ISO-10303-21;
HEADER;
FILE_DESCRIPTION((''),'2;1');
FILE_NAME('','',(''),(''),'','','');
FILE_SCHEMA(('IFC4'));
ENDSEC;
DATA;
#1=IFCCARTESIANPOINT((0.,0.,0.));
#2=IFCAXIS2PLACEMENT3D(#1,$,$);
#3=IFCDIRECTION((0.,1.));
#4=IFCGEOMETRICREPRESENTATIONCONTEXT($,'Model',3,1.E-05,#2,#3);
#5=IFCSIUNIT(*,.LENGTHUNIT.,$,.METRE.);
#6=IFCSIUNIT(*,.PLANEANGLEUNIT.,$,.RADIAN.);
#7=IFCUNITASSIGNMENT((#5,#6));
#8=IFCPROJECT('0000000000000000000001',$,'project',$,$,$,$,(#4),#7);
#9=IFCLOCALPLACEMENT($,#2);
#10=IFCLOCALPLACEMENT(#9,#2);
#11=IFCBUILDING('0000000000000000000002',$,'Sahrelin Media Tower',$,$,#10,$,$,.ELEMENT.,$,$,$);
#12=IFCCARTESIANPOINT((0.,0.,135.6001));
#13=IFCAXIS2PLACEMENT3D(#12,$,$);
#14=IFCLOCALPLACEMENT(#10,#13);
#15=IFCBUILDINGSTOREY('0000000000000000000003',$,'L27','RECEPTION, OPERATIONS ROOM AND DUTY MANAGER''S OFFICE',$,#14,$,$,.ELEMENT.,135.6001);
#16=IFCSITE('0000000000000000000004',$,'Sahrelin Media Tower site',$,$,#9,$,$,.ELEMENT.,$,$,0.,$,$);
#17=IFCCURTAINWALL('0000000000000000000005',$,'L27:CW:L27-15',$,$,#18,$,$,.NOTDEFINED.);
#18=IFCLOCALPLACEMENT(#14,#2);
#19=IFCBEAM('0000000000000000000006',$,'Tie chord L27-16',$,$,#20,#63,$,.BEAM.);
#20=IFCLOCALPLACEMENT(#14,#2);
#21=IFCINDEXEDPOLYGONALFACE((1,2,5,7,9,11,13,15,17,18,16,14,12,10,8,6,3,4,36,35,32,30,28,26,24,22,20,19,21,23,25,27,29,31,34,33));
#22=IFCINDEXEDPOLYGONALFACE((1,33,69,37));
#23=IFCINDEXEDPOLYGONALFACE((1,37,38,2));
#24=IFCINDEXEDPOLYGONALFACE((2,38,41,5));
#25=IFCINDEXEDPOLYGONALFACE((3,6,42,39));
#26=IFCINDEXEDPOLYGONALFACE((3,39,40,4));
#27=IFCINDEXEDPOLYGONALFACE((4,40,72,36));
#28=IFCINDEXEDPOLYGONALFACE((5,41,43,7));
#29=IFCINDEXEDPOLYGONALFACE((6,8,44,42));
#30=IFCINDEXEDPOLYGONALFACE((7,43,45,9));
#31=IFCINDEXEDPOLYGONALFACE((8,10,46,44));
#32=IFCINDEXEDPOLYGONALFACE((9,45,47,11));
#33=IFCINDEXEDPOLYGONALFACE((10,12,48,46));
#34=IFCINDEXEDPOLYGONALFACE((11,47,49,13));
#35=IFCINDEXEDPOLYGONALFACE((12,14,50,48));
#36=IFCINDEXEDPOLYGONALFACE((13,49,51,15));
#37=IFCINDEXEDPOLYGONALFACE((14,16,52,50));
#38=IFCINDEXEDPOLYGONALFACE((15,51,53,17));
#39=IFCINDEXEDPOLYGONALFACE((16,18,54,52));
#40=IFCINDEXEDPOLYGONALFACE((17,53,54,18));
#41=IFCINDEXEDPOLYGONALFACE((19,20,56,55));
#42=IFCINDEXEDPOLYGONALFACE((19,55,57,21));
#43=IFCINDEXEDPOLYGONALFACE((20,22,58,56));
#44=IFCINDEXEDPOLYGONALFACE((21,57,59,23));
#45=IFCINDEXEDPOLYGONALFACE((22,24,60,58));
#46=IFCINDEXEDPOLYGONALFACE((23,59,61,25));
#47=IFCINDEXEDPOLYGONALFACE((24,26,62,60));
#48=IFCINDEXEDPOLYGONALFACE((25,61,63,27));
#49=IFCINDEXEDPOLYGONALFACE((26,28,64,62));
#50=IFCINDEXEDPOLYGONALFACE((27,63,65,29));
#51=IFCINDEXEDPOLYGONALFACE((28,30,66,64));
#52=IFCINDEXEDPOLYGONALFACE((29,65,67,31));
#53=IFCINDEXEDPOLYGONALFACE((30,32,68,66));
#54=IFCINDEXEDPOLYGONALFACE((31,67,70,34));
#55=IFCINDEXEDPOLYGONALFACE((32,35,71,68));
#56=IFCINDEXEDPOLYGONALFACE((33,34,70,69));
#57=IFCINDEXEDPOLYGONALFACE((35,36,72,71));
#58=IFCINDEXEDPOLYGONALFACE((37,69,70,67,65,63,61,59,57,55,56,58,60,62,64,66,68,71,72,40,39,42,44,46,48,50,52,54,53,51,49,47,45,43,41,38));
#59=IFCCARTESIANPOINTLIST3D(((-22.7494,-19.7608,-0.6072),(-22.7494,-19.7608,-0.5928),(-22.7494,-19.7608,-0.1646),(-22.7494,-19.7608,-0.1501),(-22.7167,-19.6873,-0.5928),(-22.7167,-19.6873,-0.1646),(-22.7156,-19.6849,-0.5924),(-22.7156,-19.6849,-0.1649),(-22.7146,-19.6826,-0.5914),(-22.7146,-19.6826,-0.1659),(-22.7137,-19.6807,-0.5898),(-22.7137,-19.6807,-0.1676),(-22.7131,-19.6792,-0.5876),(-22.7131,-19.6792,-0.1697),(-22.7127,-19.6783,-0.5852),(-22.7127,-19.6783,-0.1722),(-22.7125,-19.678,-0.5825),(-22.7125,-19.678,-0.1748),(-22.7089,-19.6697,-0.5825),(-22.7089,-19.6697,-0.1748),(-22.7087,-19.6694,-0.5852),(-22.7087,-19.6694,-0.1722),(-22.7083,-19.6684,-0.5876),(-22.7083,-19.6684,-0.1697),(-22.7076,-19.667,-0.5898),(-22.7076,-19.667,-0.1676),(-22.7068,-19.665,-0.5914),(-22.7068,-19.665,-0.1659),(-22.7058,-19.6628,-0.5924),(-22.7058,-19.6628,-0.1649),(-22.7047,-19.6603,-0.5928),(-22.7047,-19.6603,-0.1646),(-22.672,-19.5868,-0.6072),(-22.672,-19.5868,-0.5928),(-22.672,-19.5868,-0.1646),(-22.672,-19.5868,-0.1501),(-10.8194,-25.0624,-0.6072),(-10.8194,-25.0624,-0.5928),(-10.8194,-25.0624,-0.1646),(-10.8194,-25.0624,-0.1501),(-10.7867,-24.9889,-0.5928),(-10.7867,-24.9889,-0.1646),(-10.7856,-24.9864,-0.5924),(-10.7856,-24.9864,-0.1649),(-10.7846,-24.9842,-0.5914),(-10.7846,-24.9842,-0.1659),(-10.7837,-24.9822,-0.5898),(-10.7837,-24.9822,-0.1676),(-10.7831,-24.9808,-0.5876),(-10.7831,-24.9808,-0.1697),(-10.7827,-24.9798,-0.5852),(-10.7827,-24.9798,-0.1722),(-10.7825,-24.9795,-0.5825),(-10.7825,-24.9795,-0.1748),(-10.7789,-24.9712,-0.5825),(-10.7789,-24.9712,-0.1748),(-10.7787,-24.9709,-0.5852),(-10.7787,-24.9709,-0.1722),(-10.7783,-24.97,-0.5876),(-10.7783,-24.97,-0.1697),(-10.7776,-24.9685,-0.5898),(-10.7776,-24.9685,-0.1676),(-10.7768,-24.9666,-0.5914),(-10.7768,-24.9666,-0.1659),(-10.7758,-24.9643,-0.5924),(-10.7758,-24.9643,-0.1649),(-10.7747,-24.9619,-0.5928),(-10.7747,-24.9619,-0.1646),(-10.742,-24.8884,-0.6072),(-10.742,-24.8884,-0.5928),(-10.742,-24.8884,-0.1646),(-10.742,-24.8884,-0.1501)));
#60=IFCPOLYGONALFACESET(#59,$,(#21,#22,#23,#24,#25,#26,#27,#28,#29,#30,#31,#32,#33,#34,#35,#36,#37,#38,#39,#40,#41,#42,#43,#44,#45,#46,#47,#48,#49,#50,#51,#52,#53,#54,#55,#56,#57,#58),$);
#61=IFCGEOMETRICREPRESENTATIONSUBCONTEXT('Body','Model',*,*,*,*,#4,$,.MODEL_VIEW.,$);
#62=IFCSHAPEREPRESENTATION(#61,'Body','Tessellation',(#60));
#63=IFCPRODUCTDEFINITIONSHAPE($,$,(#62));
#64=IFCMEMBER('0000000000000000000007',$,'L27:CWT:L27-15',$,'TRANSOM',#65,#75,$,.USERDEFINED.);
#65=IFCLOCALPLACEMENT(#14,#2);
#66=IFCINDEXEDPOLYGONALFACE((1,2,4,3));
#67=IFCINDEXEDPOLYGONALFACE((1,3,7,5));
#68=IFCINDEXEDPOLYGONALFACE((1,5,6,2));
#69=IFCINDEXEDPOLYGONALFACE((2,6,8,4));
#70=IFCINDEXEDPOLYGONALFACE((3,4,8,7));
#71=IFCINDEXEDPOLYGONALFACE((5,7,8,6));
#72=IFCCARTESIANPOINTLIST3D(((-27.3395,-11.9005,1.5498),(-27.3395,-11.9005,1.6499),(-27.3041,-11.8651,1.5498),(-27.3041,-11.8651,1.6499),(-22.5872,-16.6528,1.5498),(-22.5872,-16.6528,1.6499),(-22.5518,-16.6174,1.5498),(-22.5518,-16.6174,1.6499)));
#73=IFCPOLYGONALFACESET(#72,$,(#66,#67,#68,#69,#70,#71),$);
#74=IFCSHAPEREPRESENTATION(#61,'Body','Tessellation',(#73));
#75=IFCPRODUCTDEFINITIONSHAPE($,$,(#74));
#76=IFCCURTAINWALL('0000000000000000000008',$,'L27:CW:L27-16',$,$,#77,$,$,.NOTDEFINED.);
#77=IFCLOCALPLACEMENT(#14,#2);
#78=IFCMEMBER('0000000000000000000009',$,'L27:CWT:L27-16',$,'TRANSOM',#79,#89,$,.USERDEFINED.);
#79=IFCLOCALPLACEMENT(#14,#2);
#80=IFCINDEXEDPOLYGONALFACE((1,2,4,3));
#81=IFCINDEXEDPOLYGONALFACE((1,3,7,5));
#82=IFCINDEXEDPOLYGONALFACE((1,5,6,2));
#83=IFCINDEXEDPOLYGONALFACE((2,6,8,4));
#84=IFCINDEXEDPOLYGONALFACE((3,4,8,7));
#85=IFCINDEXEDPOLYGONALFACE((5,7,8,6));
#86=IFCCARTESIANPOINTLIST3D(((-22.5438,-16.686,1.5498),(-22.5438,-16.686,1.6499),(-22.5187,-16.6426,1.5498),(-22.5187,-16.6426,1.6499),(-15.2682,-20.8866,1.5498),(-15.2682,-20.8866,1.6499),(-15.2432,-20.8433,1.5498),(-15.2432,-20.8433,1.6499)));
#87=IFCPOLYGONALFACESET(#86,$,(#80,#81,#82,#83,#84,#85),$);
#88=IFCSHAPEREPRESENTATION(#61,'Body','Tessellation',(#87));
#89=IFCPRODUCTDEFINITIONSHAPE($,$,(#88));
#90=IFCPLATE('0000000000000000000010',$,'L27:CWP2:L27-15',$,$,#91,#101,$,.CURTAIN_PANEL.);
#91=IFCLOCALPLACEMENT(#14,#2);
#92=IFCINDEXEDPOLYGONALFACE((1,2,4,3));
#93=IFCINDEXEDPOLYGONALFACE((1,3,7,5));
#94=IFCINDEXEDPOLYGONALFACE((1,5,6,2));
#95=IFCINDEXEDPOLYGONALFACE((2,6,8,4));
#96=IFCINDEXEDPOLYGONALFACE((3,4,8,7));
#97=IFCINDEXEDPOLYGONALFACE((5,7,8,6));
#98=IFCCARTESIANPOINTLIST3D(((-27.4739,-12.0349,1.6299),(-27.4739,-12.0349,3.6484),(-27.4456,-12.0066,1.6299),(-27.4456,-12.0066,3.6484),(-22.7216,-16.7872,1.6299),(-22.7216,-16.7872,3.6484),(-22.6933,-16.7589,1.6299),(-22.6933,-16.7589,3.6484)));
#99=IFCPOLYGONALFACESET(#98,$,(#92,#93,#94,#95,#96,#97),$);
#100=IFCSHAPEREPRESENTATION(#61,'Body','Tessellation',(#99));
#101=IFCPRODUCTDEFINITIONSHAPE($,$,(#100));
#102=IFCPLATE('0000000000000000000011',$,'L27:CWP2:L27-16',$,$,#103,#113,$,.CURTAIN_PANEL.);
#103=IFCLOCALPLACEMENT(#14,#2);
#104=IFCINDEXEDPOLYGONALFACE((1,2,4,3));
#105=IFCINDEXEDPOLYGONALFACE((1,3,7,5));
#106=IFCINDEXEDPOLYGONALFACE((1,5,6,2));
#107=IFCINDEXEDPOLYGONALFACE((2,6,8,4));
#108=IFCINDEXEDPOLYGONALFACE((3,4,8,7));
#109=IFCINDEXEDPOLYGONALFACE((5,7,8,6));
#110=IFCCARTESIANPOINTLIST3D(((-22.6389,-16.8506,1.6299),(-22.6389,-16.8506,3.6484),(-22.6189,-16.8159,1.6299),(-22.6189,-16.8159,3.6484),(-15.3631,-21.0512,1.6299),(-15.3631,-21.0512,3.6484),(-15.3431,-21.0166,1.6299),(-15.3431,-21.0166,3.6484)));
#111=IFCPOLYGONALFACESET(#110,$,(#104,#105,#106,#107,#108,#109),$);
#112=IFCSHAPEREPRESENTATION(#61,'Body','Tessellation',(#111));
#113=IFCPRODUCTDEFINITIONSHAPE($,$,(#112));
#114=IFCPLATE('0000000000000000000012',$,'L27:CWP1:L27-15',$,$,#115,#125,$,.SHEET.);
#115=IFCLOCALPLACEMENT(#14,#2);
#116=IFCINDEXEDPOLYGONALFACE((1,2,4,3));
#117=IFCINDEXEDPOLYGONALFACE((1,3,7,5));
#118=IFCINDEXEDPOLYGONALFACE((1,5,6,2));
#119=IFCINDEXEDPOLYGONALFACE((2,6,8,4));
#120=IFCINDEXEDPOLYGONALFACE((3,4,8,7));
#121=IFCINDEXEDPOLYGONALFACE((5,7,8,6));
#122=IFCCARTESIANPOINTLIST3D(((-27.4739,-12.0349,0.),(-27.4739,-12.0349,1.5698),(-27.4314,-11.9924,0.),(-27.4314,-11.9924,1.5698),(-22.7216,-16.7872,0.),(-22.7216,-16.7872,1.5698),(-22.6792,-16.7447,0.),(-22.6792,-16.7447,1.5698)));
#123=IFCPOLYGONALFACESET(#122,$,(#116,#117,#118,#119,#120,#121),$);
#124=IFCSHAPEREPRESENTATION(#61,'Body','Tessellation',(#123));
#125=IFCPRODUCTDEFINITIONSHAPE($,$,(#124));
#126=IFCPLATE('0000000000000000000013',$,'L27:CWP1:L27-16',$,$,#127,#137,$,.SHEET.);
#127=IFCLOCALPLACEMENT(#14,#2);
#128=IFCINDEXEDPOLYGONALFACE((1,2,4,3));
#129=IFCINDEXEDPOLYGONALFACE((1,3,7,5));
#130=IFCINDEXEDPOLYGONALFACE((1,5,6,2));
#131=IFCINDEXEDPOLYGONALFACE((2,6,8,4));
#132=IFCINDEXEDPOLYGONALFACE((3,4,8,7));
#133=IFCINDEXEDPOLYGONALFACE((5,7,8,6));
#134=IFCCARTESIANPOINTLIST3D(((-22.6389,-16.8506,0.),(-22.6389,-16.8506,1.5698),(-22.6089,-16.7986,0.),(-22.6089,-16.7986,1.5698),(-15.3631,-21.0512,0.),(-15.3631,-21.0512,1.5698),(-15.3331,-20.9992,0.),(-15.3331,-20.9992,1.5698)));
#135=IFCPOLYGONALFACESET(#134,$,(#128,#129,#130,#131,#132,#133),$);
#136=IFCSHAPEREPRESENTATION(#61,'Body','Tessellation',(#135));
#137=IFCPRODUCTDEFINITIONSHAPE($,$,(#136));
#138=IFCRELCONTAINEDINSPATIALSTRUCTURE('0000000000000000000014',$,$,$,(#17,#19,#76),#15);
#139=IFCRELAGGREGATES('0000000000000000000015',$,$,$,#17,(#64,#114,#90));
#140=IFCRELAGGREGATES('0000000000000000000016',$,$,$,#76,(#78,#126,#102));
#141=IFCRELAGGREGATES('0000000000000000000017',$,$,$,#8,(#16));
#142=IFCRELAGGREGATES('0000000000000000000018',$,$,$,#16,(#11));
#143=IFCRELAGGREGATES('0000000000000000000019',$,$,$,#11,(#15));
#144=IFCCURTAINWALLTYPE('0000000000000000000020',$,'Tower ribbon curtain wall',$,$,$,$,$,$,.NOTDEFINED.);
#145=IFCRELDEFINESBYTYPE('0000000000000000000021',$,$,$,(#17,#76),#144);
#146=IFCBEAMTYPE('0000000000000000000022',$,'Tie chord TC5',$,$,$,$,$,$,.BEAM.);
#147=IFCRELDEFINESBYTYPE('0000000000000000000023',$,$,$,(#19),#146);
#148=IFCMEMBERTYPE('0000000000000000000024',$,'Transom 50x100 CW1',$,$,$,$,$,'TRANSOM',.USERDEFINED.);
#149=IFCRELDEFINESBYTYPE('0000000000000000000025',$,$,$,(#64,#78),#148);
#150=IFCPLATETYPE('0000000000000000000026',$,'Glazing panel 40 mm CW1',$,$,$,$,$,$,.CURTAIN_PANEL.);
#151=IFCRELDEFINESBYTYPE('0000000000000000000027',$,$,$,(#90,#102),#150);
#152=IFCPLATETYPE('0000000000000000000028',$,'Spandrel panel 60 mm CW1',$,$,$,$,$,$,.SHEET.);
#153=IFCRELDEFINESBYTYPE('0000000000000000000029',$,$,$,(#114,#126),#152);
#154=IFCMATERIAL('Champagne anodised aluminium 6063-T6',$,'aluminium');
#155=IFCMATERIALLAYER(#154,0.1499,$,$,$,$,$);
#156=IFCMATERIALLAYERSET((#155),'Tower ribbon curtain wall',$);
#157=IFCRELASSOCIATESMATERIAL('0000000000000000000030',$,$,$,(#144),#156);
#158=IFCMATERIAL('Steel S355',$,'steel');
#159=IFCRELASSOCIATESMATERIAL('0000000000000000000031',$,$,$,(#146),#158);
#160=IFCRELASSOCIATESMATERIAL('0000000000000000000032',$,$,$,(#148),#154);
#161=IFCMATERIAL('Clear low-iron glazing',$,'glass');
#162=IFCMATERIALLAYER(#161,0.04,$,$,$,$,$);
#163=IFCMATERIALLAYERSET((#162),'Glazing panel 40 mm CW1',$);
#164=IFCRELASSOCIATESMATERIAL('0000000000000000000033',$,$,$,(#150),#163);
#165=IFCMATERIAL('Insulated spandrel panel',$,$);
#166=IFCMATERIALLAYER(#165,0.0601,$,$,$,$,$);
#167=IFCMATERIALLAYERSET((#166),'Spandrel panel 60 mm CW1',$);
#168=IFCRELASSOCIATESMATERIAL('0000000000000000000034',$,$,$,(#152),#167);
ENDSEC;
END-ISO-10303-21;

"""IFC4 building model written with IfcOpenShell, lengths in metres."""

from ifc_helpers import new_model, si_unit, direction, frame, origin, origin_2d, place, context, subcontext, project, spatial, polyline, rectangle, i_section, outline, extrude, material, layer, layer_set, material_profile, profile_set, type_object, element, aggregate, save


model = new_model("IFC4")

# Units and contexts
model_context = context("Model", 3, precision=1e-05, world=origin(), true_north=direction((0.0, 1.0)))
body_context = subcontext(model_context, "Body", "Model", "MODEL_VIEW")
ifc_project = project(units=[si_unit("LENGTHUNIT", "METRE"), si_unit("PLANEANGLEUNIT", "RADIAN")], contexts=[model_context])

# Site, building, storey
site_placement = place(None, origin())
site = spatial("IfcSite", under=ifc_project, at=site_placement, Name="Sahrelin Media Tower site", CompositionType="ELEMENT", RefElevation=0.0)
building_placement = place(site_placement, origin())
building = spatial("IfcBuilding", under=site, at=building_placement, Name="Sahrelin Media Tower", CompositionType="ELEMENT")
storey_placement = place(building_placement, frame((0.0, 0.0, 135.6001)))
storey = spatial("IfcBuildingStorey", under=building, at=storey_placement, Name="L27", Description="RECEPTION, OPERATIONS ROOM AND DUTY MANAGER'S OFFICE", CompositionType="ELEMENT", Elevation=135.6001)

# Shared definitions
ifc_material_1 = material(Name="Steel S355", Category="steel")

# Curtain wall
ifc_material_2 = material(Name="Champagne anodised aluminium 6063-T6", Category="aluminium")
ifc_layer_1 = layer(ifc_material_2, 0.1499)
ifc_layer_set_1 = layer_set([ifc_layer_1], Name="Tower ribbon curtain wall")
curtain_wall_type = type_object("IfcCurtainWallType", Name="Tower ribbon curtain wall", PredefinedType="NOTDEFINED", material=ifc_layer_set_1)
curtain_wall_1_placement = place(storey_placement, frame((-25.0835, -14.397, 0.0), z_axis=(0.0, 0.0, 1.0), x_axis=(1.0, 0.0, 0.0)))
curtain_wall_1 = element("IfcCurtainWall", 1, at=curtain_wall_1_placement, inside=storey, type_object=curtain_wall_type, Name="L27:CW:L27-15", PredefinedType="NOTDEFINED")

# Beam
ifc_material_profile_1 = material_profile(ifc_material_1, i_section(OverallWidth=0.1904, OverallDepth=0.457, WebThickness=0.009, FlangeThickness=0.0144, FilletRadius=0.0103, at=origin_2d()), Name="UB 457x191x74")
ifc_profile_set_1 = profile_set([ifc_material_profile_1], Name="Steel S355")
beam_type_1 = type_object("IfcBeamType", Name="Tie chord TC5", PredefinedType="BEAM", material=ifc_profile_set_1)
beam_1_placement = place(storey_placement, frame((-22.7107, -19.6738, -0.3787), z_axis=(0.913831, -0.406095, 0.0), x_axis=(0.406095, 0.913831, 0.0)))
element("IfcBeam", 2, at=beam_1_placement, inside=storey, type_object=beam_type_1, Name="Tie chord L27-16", PredefinedType="BEAM", context=body_context, shape_type="SweptSolid", body=[
    extrude(i_section(OverallWidth=0.1904, OverallDepth=0.457, WebThickness=0.009, FlangeThickness=0.0144, FilletRadius=0.0103, at=origin_2d()), origin(), (0.0, 0.0, 1.0), 13.0549),
])

# Member
ifc_material_profile_2 = material_profile(ifc_material_2, rectangle(XDim=0.05, YDim=0.1001, at=origin_2d()), Name="Transom 50x100")
ifc_profile_set_2 = profile_set([ifc_material_profile_2], Name="Champagne anodised aluminium 6063-T6")
member_type_1 = type_object("IfcMemberType", Name="Transom 50x100 CW1", ElementType="TRANSOM", PredefinedType="USERDEFINED", material=ifc_profile_set_2)
member_1_placement = place(storey_placement, frame((-27.3218, -11.8828, 1.5999), z_axis=(0.707107, -0.707107, 0.0), x_axis=(0.707107, 0.707107, 0.0)))
member_1 = element("IfcMember", 3, at=member_1_placement, type_object=member_type_1, Name="L27:CWT:L27-15", ObjectType="TRANSOM", PredefinedType="USERDEFINED", context=body_context, shape_type="SweptSolid", body=[
    extrude(rectangle(XDim=0.05, YDim=0.1001, at=origin_2d()), origin(), (0.0, 0.0, 1.0), 6.7207),
])

# Curtain wall, member
curtain_wall_2_placement = place(storey_placement, frame((-18.991, -18.9336, 0.0), z_axis=(0.0, 0.0, 1.0), x_axis=(1.0, 0.0, 0.0)))
curtain_wall_2 = element("IfcCurtainWall", 4, at=curtain_wall_2_placement, inside=storey, type_object=curtain_wall_type, Name="L27:CW:L27-16", PredefinedType="NOTDEFINED")
member_2_placement = place(storey_placement, frame((-22.5312, -16.6643, 1.5999), z_axis=(0.866021, -0.500008, 0.0), x_axis=(0.500008, 0.866021, 0.0)))
member_2 = element("IfcMember", 5, at=member_2_placement, type_object=member_type_1, Name="L27:CWT:L27-16", ObjectType="TRANSOM", PredefinedType="USERDEFINED", context=body_context, shape_type="SweptSolid", body=[
    extrude(rectangle(XDim=0.05, YDim=0.1001, at=origin_2d()), origin(), (0.0, 0.0, 1.0), 8.4011),
])

# Plates
ifc_material_3 = material(Name="Clear low-iron glazing", Category="glass")
ifc_layer_2 = layer(ifc_material_3, 0.04)
ifc_layer_set_2 = layer_set([ifc_layer_2], Name="Glazing panel 40 mm CW1")
plate_type_1 = type_object("IfcPlateType", Name="Glazing panel 40 mm CW1", PredefinedType="CURTAIN_PANEL", material=ifc_layer_set_2)
plate_1_placement = place(storey_placement, frame((-27.4739, -12.0349, 1.6299), z_axis=(-0.707107, -0.707107, 0.0), x_axis=(0.707107, -0.707107, 0.0)))
plate_1 = element("IfcPlate", 6, at=plate_1_placement, type_object=plate_type_1, Name="L27:CWP2:L27-15", PredefinedType="CURTAIN_PANEL", context=body_context, shape_type="SweptSolid", body=[
    extrude(outline(polyline([(0.0, 0.0), (6.7207, 0.0), (6.7207, 2.0186), (0.0, 2.0186), (0.0, 0.0)])), origin(), (0.0, 0.0, -1.0), 0.04),
])
plate_2_placement = place(storey_placement, frame((-22.6389, -16.8506, 1.6299), z_axis=(-0.499996, -0.866028, 0.0), x_axis=(0.866028, -0.499996, 0.0)))
plate_2 = element("IfcPlate", 7, at=plate_2_placement, type_object=plate_type_1, Name="L27:CWP2:L27-16", PredefinedType="CURTAIN_PANEL", context=body_context, shape_type="SweptSolid", body=[
    extrude(outline(polyline([(0.0, 0.0), (8.4014, 0.0), (8.4014, 2.0186), (0.0, 2.0186), (0.0, 0.0)])), origin(), (0.0, 0.0, -1.0), 0.04),
])
ifc_material_4 = material(Name="Insulated spandrel panel")
ifc_layer_3 = layer(ifc_material_4, 0.0601)
ifc_layer_set_3 = layer_set([ifc_layer_3], Name="Spandrel panel 60 mm CW1")
plate_type_2 = type_object("IfcPlateType", Name="Spandrel panel 60 mm CW1", PredefinedType="SHEET", material=ifc_layer_set_3)
plate_3_placement = place(storey_placement, frame((-27.4739, -12.0349, 0.0), z_axis=(-0.707107, -0.707107, 0.0), x_axis=(0.707107, -0.707107, 0.0)))
plate_3 = element("IfcPlate", 8, at=plate_3_placement, type_object=plate_type_2, Name="L27:CWP1:L27-15", PredefinedType="SHEET", context=body_context, shape_type="SweptSolid", body=[
    extrude(outline(polyline([(0.0, 0.0), (6.7207, 0.0), (6.7207, 1.5698), (0.0, 1.5698), (0.0, 0.0)])), origin(), (0.0, 0.0, -1.0), 0.0601),
])
aggregate(curtain_wall_1, [member_1, plate_3, plate_1])
plate_4_placement = place(storey_placement, frame((-22.6389, -16.8506, 0.0), z_axis=(-0.499996, -0.866028, 0.0), x_axis=(0.866028, -0.499996, 0.0)))
plate_4 = element("IfcPlate", 9, at=plate_4_placement, type_object=plate_type_2, Name="L27:CWP1:L27-16", PredefinedType="SHEET", context=body_context, shape_type="SweptSolid", body=[
    extrude(outline(polyline([(0.0, 0.0), (8.4014, 0.0), (8.4014, 1.5698), (0.0, 1.5698), (0.0, 0.0)])), origin(), (0.0, 0.0, -1.0), 0.0601),
])
aggregate(curtain_wall_2, [member_2, plate_4, plate_2])

save(model, "model.ifc")
